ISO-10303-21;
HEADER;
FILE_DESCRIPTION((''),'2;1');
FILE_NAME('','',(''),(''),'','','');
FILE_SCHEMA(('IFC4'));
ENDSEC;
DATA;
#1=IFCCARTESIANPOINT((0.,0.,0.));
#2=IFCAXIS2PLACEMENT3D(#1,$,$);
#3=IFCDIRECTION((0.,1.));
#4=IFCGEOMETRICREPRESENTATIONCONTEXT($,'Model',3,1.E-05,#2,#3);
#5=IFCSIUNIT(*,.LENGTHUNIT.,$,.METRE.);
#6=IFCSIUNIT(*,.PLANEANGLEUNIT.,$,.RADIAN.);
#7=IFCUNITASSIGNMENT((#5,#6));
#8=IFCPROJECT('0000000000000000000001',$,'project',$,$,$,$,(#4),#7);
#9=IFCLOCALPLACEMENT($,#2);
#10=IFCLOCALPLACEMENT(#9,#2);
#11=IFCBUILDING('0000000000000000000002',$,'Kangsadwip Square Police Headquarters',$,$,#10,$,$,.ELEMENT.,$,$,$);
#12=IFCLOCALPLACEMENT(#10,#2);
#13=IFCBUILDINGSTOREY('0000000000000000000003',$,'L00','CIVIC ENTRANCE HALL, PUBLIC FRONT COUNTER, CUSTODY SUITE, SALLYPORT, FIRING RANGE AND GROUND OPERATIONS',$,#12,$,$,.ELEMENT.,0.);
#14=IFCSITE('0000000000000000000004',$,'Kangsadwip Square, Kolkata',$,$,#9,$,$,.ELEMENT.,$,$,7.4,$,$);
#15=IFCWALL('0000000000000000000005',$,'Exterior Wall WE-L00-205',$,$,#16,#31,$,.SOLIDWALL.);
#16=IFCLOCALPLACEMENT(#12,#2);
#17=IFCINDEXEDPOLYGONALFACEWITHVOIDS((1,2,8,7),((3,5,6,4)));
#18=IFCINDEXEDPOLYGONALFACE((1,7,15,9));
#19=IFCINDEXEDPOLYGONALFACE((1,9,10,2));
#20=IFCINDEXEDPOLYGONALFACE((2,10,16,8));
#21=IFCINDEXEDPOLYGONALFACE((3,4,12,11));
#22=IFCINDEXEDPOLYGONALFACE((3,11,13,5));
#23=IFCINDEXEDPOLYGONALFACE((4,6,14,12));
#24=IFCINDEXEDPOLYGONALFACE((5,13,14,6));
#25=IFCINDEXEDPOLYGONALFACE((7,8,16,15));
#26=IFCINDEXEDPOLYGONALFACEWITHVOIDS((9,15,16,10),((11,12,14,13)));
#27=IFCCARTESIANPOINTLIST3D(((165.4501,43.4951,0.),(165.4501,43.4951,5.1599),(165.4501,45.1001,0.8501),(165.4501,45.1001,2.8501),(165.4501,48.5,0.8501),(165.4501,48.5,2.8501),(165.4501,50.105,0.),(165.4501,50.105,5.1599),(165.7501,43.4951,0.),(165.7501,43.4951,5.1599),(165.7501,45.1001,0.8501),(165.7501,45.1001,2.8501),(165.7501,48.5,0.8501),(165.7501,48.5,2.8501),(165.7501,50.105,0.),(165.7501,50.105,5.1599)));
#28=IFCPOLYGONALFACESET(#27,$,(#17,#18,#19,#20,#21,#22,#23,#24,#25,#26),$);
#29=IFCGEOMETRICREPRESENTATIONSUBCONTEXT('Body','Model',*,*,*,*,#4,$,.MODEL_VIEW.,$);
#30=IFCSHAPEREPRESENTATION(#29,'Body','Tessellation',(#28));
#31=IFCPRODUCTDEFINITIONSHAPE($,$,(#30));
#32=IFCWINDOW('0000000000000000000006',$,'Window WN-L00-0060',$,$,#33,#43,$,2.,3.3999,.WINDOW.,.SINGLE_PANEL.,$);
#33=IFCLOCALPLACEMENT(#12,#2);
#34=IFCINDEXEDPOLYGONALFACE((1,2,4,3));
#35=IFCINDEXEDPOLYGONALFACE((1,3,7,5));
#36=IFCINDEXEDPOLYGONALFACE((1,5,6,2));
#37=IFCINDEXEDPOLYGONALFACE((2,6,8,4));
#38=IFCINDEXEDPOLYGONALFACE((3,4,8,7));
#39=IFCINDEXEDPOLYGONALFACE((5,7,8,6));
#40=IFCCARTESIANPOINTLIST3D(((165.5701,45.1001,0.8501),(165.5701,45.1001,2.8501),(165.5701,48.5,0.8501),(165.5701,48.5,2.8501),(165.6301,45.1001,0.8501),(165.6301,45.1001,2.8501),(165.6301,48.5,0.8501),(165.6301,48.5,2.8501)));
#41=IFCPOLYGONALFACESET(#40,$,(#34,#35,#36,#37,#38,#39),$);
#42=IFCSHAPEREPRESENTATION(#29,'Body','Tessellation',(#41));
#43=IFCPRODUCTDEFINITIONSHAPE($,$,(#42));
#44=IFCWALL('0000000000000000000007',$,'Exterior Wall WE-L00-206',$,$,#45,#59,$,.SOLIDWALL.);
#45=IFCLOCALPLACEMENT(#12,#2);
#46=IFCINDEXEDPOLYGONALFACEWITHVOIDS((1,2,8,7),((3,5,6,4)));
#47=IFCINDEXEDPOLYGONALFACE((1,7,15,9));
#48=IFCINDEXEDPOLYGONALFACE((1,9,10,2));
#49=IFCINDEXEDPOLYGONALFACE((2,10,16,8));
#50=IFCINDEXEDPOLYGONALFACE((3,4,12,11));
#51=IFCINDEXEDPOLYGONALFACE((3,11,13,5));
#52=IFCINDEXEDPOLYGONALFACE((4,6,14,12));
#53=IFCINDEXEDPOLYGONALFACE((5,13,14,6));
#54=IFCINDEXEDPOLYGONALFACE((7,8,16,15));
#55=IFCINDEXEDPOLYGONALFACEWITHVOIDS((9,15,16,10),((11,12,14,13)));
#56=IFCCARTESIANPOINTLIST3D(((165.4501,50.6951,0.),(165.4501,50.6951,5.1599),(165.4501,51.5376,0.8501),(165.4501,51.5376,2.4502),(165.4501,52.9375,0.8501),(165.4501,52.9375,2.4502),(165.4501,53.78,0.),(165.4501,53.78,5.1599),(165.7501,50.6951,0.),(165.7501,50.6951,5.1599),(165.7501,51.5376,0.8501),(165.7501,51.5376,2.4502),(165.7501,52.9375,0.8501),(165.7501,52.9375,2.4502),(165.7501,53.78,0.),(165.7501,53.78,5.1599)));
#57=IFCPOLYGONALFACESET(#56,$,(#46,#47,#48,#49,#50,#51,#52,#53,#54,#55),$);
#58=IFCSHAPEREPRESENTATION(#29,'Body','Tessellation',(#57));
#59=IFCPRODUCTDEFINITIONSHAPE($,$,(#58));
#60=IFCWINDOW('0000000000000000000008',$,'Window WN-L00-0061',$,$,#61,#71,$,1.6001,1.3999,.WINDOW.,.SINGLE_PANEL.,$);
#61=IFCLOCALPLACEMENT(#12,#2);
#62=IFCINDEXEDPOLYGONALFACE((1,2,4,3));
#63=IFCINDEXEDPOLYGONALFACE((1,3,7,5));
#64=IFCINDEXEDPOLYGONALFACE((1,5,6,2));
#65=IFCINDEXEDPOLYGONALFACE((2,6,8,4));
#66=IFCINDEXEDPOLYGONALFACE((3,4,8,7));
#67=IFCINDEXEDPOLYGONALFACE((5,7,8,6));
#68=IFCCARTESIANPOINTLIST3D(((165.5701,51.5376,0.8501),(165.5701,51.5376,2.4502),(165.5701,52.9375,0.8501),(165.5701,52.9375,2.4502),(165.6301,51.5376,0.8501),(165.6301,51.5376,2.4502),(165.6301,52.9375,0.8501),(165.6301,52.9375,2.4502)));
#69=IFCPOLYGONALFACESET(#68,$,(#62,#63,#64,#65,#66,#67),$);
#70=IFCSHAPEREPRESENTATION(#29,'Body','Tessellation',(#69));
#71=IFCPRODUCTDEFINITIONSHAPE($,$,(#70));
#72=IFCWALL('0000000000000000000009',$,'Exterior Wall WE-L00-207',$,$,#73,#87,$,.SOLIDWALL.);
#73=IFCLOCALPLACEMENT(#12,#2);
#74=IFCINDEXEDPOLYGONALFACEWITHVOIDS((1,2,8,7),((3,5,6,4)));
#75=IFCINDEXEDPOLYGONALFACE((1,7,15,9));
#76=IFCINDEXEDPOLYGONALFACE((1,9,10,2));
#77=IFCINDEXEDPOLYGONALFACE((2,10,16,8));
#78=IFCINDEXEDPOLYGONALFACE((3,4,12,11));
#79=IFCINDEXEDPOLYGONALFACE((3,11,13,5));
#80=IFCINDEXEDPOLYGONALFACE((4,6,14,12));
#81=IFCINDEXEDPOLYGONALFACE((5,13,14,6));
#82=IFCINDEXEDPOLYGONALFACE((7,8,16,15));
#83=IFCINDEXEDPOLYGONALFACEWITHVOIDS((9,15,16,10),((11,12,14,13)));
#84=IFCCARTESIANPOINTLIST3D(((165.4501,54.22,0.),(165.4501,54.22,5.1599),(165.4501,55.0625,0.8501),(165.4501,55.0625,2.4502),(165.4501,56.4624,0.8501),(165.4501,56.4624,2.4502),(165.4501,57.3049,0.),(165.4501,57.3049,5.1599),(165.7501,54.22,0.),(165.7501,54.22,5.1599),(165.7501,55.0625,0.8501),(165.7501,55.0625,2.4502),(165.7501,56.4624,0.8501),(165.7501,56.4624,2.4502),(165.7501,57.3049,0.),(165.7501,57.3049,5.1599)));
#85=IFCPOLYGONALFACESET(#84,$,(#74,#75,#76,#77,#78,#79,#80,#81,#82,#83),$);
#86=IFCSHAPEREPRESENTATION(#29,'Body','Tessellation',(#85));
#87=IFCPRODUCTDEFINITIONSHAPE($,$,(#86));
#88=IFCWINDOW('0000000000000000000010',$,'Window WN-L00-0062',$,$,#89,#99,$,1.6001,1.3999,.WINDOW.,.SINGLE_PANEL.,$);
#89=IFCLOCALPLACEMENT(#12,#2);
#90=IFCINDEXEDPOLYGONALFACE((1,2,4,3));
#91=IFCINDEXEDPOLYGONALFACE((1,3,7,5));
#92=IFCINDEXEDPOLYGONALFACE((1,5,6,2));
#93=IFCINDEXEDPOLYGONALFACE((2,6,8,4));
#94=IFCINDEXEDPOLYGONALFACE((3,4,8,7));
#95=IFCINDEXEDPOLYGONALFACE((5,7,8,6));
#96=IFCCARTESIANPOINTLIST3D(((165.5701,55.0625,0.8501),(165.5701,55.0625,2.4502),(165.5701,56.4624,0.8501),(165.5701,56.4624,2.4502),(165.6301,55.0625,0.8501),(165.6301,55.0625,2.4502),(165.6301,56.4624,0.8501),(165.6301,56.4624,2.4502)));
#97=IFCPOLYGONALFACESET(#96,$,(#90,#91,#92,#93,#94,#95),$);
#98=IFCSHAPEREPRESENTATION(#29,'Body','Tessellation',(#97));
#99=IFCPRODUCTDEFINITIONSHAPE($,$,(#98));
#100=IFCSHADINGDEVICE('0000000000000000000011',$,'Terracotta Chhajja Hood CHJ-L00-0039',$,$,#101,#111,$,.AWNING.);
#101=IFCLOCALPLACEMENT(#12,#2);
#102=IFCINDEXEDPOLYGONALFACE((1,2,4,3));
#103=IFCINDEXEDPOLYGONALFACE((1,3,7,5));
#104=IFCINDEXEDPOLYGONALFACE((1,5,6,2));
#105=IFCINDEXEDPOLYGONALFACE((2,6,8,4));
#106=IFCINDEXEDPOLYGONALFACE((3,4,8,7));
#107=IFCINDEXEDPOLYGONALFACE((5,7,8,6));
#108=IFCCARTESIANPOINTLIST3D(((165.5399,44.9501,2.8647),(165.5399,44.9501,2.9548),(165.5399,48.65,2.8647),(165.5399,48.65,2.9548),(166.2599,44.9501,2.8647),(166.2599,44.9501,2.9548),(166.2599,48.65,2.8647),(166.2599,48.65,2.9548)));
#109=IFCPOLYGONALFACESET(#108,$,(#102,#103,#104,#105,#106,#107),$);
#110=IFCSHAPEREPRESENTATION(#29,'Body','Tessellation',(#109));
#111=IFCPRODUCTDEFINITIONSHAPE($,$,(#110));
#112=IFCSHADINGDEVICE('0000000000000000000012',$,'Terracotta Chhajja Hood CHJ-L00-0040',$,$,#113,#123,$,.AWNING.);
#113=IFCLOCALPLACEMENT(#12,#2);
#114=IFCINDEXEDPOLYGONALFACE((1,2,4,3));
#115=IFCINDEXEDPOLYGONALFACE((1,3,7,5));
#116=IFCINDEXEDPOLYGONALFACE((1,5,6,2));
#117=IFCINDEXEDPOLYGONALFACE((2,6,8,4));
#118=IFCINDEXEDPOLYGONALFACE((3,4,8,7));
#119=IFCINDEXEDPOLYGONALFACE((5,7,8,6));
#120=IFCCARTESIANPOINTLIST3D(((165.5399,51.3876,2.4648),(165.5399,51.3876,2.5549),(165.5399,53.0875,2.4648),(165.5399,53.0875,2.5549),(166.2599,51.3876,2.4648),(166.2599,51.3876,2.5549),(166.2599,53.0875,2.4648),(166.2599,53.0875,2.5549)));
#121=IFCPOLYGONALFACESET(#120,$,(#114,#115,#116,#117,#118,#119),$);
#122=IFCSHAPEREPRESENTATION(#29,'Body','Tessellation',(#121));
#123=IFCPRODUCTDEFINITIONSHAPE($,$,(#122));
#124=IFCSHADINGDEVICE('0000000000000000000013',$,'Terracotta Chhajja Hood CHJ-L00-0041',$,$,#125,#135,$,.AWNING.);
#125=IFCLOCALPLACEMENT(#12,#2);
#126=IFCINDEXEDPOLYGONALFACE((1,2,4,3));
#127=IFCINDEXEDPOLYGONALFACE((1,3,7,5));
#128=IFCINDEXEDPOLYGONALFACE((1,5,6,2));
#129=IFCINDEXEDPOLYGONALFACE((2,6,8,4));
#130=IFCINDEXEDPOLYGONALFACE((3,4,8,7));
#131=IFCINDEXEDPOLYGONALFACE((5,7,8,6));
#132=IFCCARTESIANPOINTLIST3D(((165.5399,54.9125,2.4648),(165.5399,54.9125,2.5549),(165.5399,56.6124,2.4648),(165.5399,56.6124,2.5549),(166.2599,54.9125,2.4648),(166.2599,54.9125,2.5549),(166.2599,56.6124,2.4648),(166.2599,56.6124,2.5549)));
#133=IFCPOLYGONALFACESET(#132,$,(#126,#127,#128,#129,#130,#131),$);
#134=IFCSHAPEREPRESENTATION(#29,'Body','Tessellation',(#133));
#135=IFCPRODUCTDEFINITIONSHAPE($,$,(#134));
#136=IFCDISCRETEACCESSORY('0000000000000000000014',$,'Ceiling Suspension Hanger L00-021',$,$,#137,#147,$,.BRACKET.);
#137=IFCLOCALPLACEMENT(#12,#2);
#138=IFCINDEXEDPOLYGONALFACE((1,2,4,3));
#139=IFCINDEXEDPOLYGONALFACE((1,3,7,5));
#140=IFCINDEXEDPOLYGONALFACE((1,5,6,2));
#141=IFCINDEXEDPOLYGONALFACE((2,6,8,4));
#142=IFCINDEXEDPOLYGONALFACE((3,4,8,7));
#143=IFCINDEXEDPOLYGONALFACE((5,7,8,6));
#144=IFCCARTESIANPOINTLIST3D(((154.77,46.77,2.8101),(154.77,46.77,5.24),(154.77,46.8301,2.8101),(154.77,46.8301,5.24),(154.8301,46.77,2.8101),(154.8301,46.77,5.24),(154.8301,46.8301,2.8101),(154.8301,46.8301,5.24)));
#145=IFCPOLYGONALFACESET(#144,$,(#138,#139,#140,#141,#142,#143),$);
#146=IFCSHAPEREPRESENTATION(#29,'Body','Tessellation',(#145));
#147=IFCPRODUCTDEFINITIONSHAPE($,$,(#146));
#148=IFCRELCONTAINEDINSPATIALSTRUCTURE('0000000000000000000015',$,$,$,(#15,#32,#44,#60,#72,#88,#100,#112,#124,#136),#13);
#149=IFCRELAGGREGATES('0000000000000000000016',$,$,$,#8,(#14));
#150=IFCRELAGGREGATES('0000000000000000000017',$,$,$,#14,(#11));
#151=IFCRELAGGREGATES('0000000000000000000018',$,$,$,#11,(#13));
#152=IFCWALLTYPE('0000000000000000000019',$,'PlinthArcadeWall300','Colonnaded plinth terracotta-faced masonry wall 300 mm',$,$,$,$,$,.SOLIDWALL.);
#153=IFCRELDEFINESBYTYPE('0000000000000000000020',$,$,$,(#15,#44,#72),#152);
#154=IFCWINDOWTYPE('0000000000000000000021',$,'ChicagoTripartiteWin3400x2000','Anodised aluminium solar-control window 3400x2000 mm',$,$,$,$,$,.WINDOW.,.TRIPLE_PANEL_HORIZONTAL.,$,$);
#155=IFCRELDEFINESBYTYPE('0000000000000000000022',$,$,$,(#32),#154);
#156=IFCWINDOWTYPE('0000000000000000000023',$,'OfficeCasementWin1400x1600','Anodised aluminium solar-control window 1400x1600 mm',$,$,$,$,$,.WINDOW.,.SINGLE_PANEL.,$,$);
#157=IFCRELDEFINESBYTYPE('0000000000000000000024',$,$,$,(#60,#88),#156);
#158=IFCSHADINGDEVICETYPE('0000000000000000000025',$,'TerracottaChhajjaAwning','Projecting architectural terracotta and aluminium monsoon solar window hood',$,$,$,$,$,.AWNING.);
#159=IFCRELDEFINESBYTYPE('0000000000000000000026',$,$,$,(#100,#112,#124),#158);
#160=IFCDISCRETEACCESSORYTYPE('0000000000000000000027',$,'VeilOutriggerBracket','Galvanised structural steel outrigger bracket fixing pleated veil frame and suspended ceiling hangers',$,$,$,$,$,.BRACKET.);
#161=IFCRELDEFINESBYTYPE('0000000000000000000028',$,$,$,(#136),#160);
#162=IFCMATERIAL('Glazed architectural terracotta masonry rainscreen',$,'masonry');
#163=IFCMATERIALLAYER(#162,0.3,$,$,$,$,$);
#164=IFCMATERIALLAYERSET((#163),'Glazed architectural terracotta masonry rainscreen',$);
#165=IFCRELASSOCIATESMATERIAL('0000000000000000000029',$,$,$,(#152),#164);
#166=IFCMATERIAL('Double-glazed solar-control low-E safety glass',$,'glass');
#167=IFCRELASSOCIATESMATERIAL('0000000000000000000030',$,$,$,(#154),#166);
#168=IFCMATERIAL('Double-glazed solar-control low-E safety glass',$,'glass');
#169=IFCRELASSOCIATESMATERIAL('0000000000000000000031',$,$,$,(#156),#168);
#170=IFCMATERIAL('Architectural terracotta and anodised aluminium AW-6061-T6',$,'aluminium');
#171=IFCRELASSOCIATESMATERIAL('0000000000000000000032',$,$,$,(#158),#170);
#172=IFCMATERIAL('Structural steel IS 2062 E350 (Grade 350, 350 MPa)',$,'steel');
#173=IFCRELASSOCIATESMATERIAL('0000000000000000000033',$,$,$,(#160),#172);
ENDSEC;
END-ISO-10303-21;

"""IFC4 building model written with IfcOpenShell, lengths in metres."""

from ifc_helpers import new_model, si_unit, direction, frame, frame_2d, origin, origin_2d, place, context, subcontext, project, spatial, rectangle, extrude, material, layer, layer_set, type_object, element, fill, save


model = new_model("IFC4")

# Units and contexts
model_context = context("Model", 3, precision=1e-05, world=origin(), true_north=direction((0.0, 1.0)))
body_context = subcontext(model_context, "Body", "Model", "MODEL_VIEW")
ifc_project = project(units=[si_unit("LENGTHUNIT", "METRE"), si_unit("PLANEANGLEUNIT", "RADIAN")], contexts=[model_context])

# Site, building, storey
site_placement = place(None, origin())
site = spatial("IfcSite", under=ifc_project, at=site_placement, Name="Kangsadwip Square, Kolkata", CompositionType="ELEMENT", RefElevation=7.4)
building_placement = place(site_placement, origin())
building = spatial("IfcBuilding", under=site, at=building_placement, Name="Kangsadwip Square Police Headquarters", CompositionType="ELEMENT")
storey_placement = place(building_placement, origin())
storey = spatial("IfcBuildingStorey", under=building, at=storey_placement, Name="L00", Description="CIVIC ENTRANCE HALL, PUBLIC FRONT COUNTER, CUSTODY SUITE, SALLYPORT, FIRING RANGE AND GROUND OPERATIONS", CompositionType="ELEMENT", Elevation=0.0)

# Walls, openings, windows
ifc_material_1 = material(Name="Glazed architectural terracotta masonry rainscreen", Category="masonry")
ifc_layer_1 = layer(ifc_material_1, 0.3)
ifc_layer_set_1 = layer_set([ifc_layer_1], Name="Glazed architectural terracotta masonry rainscreen")
wall_type_1 = type_object("IfcWallType", Name="PlinthArcadeWall300", Description="Colonnaded plinth terracotta-faced masonry wall 300 mm", PredefinedType="SOLIDWALL", material=ifc_layer_set_1)
wall_1_placement = place(storey_placement, frame((165.6001, 43.4951, 0.0), z_axis=(0.0, 0.0, 1.0), x_axis=(0.0, 1.0, 0.0)))
wall_1 = element("IfcWall", 1, at=wall_1_placement, inside=storey, type_object=wall_type_1, Name="Exterior Wall WE-L00-205", PredefinedType="SOLIDWALL", context=body_context, shape_type="SweptSolid", body=[
    extrude(rectangle(XDim=6.6099, YDim=0.3, at=frame_2d((3.3049, 0.0))), origin(), (0.0, 0.0, 1.0), 5.1599),
])
opening_1_placement = place(wall_1_placement, frame((1.605, 0.0, 0.8501)))
opening_1 = element("IfcOpeningElement", 2, at=opening_1_placement, cuts=wall_1, PredefinedType="OPENING", context=body_context, shape_type="SweptSolid", body=[
    extrude(rectangle(XDim=3.3999, YDim=2.0, at=frame_2d((1.7, 1.0))), frame((0.0, 0.1599, 0.0), z_axis=(0.0, -1.0, 0.0), x_axis=(1.0, 0.0, 0.0)), (0.0, 0.0, 1.0), 0.3201),
])
ifc_material_2 = material(Name="Double-glazed solar-control low-E safety glass", Category="glass")
window_type_1 = type_object("IfcWindowType", Name="ChicagoTripartiteWin3400x2000", Description="Anodised aluminium solar-control window 3400x2000 mm", PartitioningType="TRIPLE_PANEL_HORIZONTAL", PredefinedType="WINDOW", material=ifc_material_2)
window_1_placement = place(opening_1_placement, origin())
window_1 = element("IfcWindow", 3, at=window_1_placement, inside=storey, type_object=window_type_1, Name="Window WN-L00-0060", OverallHeight=2.0, OverallWidth=3.3999, PartitioningType="SINGLE_PANEL", PredefinedType="WINDOW", context=body_context, shape_type="SweptSolid", body=[
    extrude(rectangle(XDim=3.3999, YDim=2.0, at=frame_2d((1.7, 1.0))), frame((0.0, 0.03, 0.0), z_axis=(0.0, -1.0, 0.0), x_axis=(1.0, 0.0, 0.0)), (0.0, 0.0, 1.0), 0.0601),
])
fill(opening_1, window_1)
wall_2_placement = place(storey_placement, frame((165.6001, 50.6951, 0.0), z_axis=(0.0, 0.0, 1.0), x_axis=(0.0, 1.0, 0.0)))
wall_2 = element("IfcWall", 4, at=wall_2_placement, inside=storey, type_object=wall_type_1, Name="Exterior Wall WE-L00-206", PredefinedType="SOLIDWALL", context=body_context, shape_type="SweptSolid", body=[
    extrude(rectangle(XDim=3.085, YDim=0.3, at=frame_2d((1.5425, 0.0))), origin(), (0.0, 0.0, 1.0), 5.1599),
])
opening_2_placement = place(wall_2_placement, frame((0.8425, 0.0, 0.8501)))
opening_2 = element("IfcOpeningElement", 5, at=opening_2_placement, cuts=wall_2, PredefinedType="OPENING", context=body_context, shape_type="SweptSolid", body=[
    extrude(rectangle(XDim=1.3999, YDim=1.6001, at=frame_2d((0.7, 0.8))), frame((0.0, 0.1599, 0.0), z_axis=(0.0, -1.0, 0.0), x_axis=(1.0, 0.0, 0.0)), (0.0, 0.0, 1.0), 0.3201),
])
ifc_material_3 = material(Name="Double-glazed solar-control low-E safety glass", Category="glass")
window_type_2 = type_object("IfcWindowType", Name="OfficeCasementWin1400x1600", Description="Anodised aluminium solar-control window 1400x1600 mm", PartitioningType="SINGLE_PANEL", PredefinedType="WINDOW", material=ifc_material_3)
window_2_placement = place(opening_2_placement, origin())
window_2 = element("IfcWindow", 6, at=window_2_placement, inside=storey, type_object=window_type_2, Name="Window WN-L00-0061", OverallHeight=1.6001, OverallWidth=1.3999, PartitioningType="SINGLE_PANEL", PredefinedType="WINDOW", context=body_context, shape_type="SweptSolid", body=[
    extrude(rectangle(XDim=1.3999, YDim=1.6001, at=frame_2d((0.7, 0.8))), frame((0.0, 0.03, 0.0), z_axis=(0.0, -1.0, 0.0), x_axis=(1.0, 0.0, 0.0)), (0.0, 0.0, 1.0), 0.0601),
])
fill(opening_2, window_2)
wall_3_placement = place(storey_placement, frame((165.6001, 54.22, 0.0), z_axis=(0.0, 0.0, 1.0), x_axis=(0.0, 1.0, 0.0)))
wall_3 = element("IfcWall", 7, at=wall_3_placement, inside=storey, type_object=wall_type_1, Name="Exterior Wall WE-L00-207", PredefinedType="SOLIDWALL", context=body_context, shape_type="SweptSolid", body=[
    extrude(rectangle(XDim=3.085, YDim=0.3, at=frame_2d((1.5425, 0.0))), origin(), (0.0, 0.0, 1.0), 5.1599),
])
opening_3_placement = place(wall_3_placement, frame((0.8425, 0.0, 0.8501)))
opening_3 = element("IfcOpeningElement", 8, at=opening_3_placement, cuts=wall_3, PredefinedType="OPENING", context=body_context, shape_type="SweptSolid", body=[
    extrude(rectangle(XDim=1.3999, YDim=1.6001, at=frame_2d((0.7, 0.8))), frame((0.0, 0.1599, 0.0), z_axis=(0.0, -1.0, 0.0), x_axis=(1.0, 0.0, 0.0)), (0.0, 0.0, 1.0), 0.3201),
])
window_3_placement = place(opening_3_placement, origin())
window_3 = element("IfcWindow", 9, at=window_3_placement, inside=storey, type_object=window_type_2, Name="Window WN-L00-0062", OverallHeight=1.6001, OverallWidth=1.3999, PartitioningType="SINGLE_PANEL", PredefinedType="WINDOW", context=body_context, shape_type="SweptSolid", body=[
    extrude(rectangle(XDim=1.3999, YDim=1.6001, at=frame_2d((0.7, 0.8))), frame((0.0, 0.03, 0.0), z_axis=(0.0, -1.0, 0.0), x_axis=(1.0, 0.0, 0.0)), (0.0, 0.0, 1.0), 0.0601),
])
fill(opening_3, window_3)

# Shading devices
ifc_material_4 = material(Name="Architectural terracotta and anodised aluminium AW-6061-T6", Category="aluminium")
shading_device_type = type_object("IfcShadingDeviceType", Name="TerracottaChhajjaAwning", Description="Projecting architectural terracotta and aluminium monsoon solar window hood", PredefinedType="AWNING", material=ifc_material_4)
shading_device_placement = place(storey_placement, frame((165.8999, 46.8, 2.8647), z_axis=(0.0, 0.0, 1.0), x_axis=(0.0, 1.0, 0.0)))
element("IfcShadingDevice", 10, at=shading_device_placement, inside=storey, type_object=shading_device_type, Name="Terracotta Chhajja Hood CHJ-L00-0039", PredefinedType="AWNING", context=body_context, shape_type="SweptSolid", body=[
    extrude(rectangle(XDim=3.7, YDim=0.72, at=origin_2d()), origin(), (0.0, 0.0, 1.0), 0.0901),
])
for number, where, z_axis, x_axis, name in (
    (11, (165.8999, 52.2375, 2.4648), (0.0, 0.0, 1.0), (0.0, 1.0, 0.0), "Terracotta Chhajja Hood CHJ-L00-0040"),
    (12, (165.8999, 55.7625, 2.4648), (0.0, 0.0, 1.0), (0.0, 1.0, 0.0), "Terracotta Chhajja Hood CHJ-L00-0041"),
):
    element("IfcShadingDevice", number, at=place(storey_placement, frame(where, z_axis=z_axis, x_axis=x_axis)), inside=storey, type_object=shading_device_type, Name=name, PredefinedType="AWNING", context=body_context, shape_type="SweptSolid", body=[
        extrude(rectangle(XDim=1.7, YDim=0.72, at=origin_2d()), origin(), (0.0, 0.0, 1.0), 0.0901),
    ])

# Discrete accessory
ifc_material_5 = material(Name="Structural steel IS 2062 E350 (Grade 350, 350 MPa)", Category="steel")
discrete_accessory_type = type_object("IfcDiscreteAccessoryType", Name="VeilOutriggerBracket", Description="Galvanised structural steel outrigger bracket fixing pleated veil frame and suspended ceiling hangers", PredefinedType="BRACKET", material=ifc_material_5)
discrete_accessory_placement = place(storey_placement, frame((154.8, 46.8, 2.8101), z_axis=(0.0, 0.0, 1.0), x_axis=(1.0, 0.0, 0.0)))
element("IfcDiscreteAccessory", 13, at=discrete_accessory_placement, inside=storey, type_object=discrete_accessory_type, Name="Ceiling Suspension Hanger L00-021", PredefinedType="BRACKET", context=body_context, shape_type="SweptSolid", body=[
    extrude(rectangle(XDim=0.0601, YDim=0.0601, at=origin_2d()), origin(), (0.0, 0.0, 1.0), 2.4299),
])

save(model, "model.ifc")
